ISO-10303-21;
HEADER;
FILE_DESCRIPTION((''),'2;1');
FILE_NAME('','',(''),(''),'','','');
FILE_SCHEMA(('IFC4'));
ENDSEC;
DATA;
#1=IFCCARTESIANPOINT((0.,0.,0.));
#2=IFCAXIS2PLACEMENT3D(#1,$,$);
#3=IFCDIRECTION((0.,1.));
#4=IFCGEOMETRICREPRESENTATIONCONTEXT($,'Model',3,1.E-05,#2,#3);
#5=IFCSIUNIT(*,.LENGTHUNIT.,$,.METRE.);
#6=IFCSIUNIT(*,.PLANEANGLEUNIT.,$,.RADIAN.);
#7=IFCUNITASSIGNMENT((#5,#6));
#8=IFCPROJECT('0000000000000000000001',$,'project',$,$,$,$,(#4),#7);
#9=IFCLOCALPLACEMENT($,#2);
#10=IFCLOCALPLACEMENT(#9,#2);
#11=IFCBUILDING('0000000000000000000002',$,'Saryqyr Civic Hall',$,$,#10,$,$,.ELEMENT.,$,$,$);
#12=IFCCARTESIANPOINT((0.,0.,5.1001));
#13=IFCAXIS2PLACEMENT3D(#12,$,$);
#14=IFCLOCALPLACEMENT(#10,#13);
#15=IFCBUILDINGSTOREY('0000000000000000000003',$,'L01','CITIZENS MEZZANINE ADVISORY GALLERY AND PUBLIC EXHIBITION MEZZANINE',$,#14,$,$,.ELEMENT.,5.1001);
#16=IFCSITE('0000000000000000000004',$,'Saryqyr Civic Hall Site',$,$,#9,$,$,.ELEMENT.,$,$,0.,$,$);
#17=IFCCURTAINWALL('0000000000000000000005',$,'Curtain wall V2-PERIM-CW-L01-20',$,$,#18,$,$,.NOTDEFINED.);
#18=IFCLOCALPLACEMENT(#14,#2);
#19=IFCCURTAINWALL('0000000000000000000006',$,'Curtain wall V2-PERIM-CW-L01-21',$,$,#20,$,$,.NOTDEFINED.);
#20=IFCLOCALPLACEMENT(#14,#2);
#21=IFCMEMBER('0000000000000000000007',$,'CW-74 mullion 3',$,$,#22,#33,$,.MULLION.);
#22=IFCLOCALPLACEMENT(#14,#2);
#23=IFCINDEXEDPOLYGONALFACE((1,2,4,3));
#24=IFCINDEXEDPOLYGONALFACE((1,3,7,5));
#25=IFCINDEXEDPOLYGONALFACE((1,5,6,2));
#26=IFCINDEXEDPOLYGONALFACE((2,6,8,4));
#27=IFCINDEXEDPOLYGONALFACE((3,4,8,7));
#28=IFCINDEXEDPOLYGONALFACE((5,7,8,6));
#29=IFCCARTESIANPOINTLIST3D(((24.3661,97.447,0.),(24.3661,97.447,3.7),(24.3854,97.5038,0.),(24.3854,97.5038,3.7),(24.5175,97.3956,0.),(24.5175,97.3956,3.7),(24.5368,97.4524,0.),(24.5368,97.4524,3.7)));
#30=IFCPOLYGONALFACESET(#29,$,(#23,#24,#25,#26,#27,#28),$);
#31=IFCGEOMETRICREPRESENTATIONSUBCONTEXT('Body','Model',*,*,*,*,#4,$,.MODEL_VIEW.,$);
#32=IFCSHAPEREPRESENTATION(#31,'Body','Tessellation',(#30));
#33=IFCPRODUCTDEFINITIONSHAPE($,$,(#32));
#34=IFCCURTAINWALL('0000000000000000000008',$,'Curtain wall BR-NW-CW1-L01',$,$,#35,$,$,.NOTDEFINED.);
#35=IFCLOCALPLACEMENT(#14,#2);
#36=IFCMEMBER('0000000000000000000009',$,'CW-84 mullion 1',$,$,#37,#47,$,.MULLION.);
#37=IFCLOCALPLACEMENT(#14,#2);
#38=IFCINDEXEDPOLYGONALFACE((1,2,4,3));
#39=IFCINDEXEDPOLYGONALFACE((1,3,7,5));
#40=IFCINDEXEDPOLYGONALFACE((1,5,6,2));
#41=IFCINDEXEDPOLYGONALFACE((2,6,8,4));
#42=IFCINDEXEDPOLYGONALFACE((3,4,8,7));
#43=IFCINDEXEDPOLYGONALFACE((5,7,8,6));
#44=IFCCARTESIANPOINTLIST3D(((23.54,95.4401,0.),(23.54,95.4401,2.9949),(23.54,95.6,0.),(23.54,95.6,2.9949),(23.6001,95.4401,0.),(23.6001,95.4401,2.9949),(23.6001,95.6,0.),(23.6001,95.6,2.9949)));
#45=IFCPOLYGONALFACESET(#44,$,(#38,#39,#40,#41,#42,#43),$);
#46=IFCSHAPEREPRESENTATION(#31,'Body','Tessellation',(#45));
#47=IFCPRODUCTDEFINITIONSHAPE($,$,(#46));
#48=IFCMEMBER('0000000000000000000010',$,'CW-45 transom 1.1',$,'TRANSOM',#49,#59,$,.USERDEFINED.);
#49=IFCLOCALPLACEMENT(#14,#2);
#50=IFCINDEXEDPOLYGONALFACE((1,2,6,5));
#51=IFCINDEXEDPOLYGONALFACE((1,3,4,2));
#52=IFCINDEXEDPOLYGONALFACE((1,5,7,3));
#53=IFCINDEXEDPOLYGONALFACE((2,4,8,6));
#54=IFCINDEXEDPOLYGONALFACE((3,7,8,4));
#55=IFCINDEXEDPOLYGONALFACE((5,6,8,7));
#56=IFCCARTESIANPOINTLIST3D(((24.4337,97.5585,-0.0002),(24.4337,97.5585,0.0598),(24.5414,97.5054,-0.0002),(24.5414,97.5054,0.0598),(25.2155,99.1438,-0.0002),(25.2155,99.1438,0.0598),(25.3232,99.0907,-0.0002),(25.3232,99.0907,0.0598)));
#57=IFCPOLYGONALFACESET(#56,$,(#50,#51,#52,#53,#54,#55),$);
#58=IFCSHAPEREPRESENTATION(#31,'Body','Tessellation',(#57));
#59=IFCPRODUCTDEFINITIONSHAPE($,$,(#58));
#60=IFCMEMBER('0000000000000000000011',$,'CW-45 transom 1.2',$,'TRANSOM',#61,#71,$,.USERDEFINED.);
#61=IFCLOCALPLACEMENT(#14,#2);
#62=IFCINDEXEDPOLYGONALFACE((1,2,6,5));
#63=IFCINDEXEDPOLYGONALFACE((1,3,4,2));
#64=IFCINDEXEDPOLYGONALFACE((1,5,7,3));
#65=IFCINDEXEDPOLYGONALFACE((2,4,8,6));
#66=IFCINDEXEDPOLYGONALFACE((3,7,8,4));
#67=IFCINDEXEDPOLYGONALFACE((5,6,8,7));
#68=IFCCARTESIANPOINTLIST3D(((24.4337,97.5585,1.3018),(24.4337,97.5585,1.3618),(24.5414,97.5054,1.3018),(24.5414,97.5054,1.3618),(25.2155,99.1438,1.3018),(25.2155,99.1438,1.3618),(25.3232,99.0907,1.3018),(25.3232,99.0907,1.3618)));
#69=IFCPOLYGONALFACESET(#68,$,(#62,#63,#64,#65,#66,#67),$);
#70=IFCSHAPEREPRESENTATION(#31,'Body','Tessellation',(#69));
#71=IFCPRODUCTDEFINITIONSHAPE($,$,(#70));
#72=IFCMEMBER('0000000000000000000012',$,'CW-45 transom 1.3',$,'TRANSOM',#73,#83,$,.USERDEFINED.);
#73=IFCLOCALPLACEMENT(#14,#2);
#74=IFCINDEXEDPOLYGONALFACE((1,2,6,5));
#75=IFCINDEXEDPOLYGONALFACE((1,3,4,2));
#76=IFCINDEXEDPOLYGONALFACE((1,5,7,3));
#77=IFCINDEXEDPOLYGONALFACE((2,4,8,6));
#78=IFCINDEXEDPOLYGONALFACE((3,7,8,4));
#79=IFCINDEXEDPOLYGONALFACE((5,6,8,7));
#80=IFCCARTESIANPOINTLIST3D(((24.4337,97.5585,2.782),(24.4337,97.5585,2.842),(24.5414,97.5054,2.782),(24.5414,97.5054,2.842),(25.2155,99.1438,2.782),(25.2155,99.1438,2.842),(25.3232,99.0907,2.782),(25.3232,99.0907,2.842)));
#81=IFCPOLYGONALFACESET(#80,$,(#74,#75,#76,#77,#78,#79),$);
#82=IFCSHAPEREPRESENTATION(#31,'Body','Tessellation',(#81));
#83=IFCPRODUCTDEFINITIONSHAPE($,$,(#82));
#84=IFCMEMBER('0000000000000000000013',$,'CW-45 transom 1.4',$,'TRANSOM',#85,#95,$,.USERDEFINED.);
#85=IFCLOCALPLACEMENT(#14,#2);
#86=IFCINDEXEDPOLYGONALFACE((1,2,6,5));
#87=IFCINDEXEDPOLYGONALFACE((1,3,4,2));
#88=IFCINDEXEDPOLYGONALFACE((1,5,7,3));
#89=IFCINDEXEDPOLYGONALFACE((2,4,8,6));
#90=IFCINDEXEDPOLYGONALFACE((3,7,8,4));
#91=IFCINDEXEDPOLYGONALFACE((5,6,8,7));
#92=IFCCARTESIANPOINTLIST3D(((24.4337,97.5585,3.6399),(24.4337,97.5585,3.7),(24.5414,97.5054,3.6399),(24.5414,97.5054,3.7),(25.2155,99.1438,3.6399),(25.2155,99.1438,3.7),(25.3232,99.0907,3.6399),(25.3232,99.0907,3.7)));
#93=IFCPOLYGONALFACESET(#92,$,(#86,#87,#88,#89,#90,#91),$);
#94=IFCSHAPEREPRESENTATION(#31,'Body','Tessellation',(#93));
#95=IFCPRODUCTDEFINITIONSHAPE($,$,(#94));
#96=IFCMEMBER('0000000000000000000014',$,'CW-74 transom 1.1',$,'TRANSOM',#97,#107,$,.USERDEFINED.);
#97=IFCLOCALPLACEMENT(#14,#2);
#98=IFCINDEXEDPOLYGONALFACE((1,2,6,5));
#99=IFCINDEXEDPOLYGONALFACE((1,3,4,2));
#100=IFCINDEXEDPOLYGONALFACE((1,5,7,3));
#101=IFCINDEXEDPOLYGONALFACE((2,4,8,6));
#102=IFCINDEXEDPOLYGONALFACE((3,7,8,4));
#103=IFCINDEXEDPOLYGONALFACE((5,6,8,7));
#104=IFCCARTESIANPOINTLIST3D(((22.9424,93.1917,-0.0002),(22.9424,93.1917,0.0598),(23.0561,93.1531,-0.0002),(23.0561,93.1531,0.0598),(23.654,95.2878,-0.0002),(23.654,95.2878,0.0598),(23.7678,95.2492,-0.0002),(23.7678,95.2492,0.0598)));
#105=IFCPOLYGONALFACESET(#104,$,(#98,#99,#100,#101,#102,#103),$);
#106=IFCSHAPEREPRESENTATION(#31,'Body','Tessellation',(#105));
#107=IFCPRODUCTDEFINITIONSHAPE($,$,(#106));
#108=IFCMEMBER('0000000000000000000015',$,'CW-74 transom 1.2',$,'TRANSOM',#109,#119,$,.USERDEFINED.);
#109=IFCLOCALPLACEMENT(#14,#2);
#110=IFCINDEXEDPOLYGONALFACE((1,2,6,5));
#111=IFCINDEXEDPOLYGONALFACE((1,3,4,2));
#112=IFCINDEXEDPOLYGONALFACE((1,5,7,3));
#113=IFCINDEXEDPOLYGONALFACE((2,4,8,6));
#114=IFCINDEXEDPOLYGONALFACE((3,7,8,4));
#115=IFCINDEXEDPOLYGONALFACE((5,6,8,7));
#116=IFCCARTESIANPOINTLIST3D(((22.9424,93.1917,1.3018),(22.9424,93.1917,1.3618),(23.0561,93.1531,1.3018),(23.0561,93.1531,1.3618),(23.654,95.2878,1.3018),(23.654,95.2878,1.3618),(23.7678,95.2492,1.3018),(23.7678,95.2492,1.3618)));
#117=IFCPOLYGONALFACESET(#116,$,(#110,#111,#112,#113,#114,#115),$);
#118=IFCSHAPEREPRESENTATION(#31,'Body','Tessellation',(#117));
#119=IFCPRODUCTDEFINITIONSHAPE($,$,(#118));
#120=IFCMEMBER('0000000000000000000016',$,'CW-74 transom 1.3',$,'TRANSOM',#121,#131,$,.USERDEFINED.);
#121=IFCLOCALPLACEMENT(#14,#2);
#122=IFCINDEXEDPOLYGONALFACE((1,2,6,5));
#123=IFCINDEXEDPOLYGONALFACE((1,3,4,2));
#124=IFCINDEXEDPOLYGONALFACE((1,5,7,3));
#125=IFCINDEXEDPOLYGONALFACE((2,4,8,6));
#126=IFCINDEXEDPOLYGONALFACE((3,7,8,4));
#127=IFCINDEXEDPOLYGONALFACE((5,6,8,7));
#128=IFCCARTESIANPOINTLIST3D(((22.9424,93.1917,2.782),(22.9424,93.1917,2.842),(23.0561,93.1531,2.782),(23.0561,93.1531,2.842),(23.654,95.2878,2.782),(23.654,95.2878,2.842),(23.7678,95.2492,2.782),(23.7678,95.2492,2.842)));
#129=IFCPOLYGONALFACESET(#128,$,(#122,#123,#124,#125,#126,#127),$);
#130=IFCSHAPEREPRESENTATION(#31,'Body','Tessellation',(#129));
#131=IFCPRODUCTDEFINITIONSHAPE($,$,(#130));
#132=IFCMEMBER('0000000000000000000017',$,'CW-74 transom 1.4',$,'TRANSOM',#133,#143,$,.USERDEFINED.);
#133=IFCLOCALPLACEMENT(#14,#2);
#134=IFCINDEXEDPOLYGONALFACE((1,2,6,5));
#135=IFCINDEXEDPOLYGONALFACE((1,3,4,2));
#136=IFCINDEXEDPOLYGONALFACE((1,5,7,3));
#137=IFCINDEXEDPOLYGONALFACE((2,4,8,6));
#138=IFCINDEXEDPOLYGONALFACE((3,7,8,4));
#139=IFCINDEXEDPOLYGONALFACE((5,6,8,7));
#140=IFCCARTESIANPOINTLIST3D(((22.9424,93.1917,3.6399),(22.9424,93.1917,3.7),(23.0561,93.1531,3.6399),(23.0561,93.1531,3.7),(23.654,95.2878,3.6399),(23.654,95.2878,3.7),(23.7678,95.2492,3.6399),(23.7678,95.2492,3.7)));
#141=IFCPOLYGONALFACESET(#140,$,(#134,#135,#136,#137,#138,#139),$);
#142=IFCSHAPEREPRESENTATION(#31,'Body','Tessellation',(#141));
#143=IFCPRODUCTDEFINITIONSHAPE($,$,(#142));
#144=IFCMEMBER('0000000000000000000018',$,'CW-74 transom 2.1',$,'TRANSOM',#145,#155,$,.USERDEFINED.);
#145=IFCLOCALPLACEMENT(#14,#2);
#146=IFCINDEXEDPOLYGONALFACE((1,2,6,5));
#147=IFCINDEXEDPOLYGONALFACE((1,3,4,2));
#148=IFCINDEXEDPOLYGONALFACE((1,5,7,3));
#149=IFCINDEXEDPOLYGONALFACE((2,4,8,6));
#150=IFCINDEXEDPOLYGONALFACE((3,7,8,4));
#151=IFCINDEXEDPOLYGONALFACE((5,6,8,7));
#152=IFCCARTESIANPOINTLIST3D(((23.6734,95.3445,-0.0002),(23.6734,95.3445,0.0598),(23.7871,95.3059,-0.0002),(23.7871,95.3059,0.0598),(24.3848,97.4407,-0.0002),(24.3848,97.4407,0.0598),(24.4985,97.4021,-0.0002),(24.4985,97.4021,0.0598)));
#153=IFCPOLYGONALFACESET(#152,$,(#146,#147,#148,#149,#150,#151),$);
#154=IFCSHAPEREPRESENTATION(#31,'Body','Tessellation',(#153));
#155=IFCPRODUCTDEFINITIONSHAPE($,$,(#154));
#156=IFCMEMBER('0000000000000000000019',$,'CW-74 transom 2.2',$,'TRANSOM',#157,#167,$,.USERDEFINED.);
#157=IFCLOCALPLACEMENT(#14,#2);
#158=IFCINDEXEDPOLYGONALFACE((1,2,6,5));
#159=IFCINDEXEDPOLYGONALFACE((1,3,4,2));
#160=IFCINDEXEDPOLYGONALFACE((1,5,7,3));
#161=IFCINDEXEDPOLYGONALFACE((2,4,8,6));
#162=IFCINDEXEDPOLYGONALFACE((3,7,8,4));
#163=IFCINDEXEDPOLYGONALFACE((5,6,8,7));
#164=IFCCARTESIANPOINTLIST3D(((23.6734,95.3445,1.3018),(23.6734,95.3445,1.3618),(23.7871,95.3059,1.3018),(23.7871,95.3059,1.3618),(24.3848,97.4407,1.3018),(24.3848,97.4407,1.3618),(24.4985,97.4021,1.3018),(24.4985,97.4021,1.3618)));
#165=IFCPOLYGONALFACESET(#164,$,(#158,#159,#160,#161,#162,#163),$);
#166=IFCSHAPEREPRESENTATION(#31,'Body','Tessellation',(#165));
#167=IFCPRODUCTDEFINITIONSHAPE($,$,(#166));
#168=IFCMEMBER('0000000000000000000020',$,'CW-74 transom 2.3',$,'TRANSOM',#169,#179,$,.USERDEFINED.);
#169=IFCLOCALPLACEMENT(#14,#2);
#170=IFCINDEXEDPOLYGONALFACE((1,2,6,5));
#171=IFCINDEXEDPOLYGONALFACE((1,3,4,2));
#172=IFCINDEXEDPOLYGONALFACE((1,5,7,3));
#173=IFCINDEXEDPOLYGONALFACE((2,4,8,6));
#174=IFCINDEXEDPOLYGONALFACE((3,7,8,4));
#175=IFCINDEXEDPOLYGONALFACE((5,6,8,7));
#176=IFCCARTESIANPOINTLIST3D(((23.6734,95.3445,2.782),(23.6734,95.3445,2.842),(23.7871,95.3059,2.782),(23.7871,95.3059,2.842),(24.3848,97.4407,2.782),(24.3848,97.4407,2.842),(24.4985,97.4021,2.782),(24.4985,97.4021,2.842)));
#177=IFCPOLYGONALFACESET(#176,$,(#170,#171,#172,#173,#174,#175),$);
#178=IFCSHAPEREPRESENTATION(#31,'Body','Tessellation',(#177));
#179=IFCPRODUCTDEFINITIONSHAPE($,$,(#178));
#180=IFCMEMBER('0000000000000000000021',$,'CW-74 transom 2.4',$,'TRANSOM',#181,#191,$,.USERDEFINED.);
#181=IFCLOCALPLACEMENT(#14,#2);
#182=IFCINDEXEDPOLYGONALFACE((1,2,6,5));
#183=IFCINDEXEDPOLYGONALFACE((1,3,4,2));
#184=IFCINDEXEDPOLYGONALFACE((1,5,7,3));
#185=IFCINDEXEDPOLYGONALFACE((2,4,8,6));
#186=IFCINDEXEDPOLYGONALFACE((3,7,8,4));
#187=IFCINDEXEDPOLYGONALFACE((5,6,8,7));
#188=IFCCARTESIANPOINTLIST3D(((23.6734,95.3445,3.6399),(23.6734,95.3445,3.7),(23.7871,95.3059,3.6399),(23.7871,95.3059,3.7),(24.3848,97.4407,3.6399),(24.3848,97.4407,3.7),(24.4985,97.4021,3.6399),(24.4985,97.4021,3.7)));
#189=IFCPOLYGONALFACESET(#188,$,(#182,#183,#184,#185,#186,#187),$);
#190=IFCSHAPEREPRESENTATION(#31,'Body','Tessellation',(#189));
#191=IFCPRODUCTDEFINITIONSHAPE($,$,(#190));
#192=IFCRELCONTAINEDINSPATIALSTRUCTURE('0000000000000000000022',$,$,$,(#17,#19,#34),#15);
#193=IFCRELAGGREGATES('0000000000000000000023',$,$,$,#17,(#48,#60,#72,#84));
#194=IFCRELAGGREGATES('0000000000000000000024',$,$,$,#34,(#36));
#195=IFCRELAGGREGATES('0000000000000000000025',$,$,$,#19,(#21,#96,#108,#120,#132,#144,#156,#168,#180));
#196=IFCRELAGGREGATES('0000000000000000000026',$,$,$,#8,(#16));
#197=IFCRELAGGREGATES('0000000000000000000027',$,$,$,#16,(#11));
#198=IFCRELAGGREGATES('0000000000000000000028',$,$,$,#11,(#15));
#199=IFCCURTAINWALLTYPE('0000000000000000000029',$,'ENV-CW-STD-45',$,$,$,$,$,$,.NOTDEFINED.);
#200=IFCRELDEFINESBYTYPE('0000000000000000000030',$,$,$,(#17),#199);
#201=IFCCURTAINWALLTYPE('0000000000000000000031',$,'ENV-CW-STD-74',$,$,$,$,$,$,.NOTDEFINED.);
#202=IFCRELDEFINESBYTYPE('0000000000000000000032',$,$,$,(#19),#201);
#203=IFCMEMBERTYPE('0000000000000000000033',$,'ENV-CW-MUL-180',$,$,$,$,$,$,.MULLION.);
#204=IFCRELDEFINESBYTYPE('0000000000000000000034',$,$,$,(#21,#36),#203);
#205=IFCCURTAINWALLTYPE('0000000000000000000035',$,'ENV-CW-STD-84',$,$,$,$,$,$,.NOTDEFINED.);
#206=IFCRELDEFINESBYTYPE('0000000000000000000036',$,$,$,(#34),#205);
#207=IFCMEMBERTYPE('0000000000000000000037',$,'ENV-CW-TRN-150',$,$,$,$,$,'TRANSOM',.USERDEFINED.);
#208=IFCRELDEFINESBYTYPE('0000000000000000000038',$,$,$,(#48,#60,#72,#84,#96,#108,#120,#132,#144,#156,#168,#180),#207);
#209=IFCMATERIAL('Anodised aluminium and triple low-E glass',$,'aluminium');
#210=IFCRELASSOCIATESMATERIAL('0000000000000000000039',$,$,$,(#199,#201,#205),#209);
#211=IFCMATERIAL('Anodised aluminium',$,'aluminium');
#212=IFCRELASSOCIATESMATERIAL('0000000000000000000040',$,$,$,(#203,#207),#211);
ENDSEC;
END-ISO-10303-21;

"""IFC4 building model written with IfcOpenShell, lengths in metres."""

from ifc_helpers import new_model, si_unit, direction, frame, origin, origin_2d, place, context, subcontext, project, spatial, rectangle, extrude, material, material_profile, profile_set, type_object, element, aggregate, save


model = new_model("IFC4")

# Units and contexts
model_context = context("Model", 3, precision=1e-05, world=origin(), true_north=direction((0.0, 1.0)))
body_context = subcontext(model_context, "Body", "Model", "MODEL_VIEW")
ifc_project = project(units=[si_unit("LENGTHUNIT", "METRE"), si_unit("PLANEANGLEUNIT", "RADIAN")], contexts=[model_context])

# Site, building, storey
site_placement = place(None, origin())
site = spatial("IfcSite", under=ifc_project, at=site_placement, Name="Saryqyr Civic Hall Site", CompositionType="ELEMENT", RefElevation=0.0)
building_placement = place(site_placement, origin())
building = spatial("IfcBuilding", under=site, at=building_placement, Name="Saryqyr Civic Hall", CompositionType="ELEMENT")
storey_placement = place(building_placement, frame((0.0, 0.0, 5.1001)))
storey = spatial("IfcBuildingStorey", under=building, at=storey_placement, Name="L01", Description="CITIZENS MEZZANINE ADVISORY GALLERY AND PUBLIC EXHIBITION MEZZANINE", CompositionType="ELEMENT", Elevation=5.1001)

# Curtain wall
ifc_material_1 = material(Name="Anodised aluminium and triple low-E glass", Category="aluminium")
curtain_wall_type_1 = type_object("IfcCurtainWallType", Name="ENV-CW-STD-45", PredefinedType="NOTDEFINED", material=ifc_material_1)
curtain_wall_1_placement = place(storey_placement, origin())
curtain_wall_1 = element("IfcCurtainWall", 1, at=curtain_wall_1_placement, inside=storey, type_object=curtain_wall_type_1, Name="Curtain wall V2-PERIM-CW-L01-20", PredefinedType="NOTDEFINED")
ifc_material_2 = material(Name="Anodised aluminium", Category="aluminium")
ifc_material_profile_1 = material_profile(ifc_material_2, rectangle(XDim=0.0601, YDim=0.1599, at=origin_2d()), Name="ALU MULLION 60x160")
ifc_profile_set_1 = profile_set([ifc_material_profile_1], Name="Anodised aluminium")
member_type_1 = type_object("IfcMemberType", Name="ENV-CW-MUL-180", PredefinedType="MULLION", material=ifc_profile_set_1)

# Curtain wall, member
curtain_wall_type_2 = type_object("IfcCurtainWallType", Name="ENV-CW-STD-74", PredefinedType="NOTDEFINED", material=ifc_material_1)
curtain_wall_2_placement = place(storey_placement, origin())
curtain_wall_2 = element("IfcCurtainWall", 2, at=curtain_wall_2_placement, inside=storey, type_object=curtain_wall_type_2, Name="Curtain wall V2-PERIM-CW-L01-21", PredefinedType="NOTDEFINED")
member_1_placement = place(storey_placement, frame((24.4514, 97.4497, 0.0), z_axis=(0.0, 0.0, 1.0), x_axis=(0.321445, 0.946928, 0.0)))
member_1 = element("IfcMember", 3, at=member_1_placement, type_object=member_type_1, Name="CW-74 mullion 3", PredefinedType="MULLION", context=body_context, shape_type="SweptSolid", body=[
    extrude(rectangle(XDim=0.0601, YDim=0.1599, at=origin_2d()), origin(), (0.0, 0.0, 1.0), 3.7),
])

# Curtain wall, member
curtain_wall_type_3 = type_object("IfcCurtainWallType", Name="ENV-CW-STD-84", PredefinedType="NOTDEFINED", material=ifc_material_1)
curtain_wall_3_placement = place(storey_placement, origin())
curtain_wall_3 = element("IfcCurtainWall", 4, at=curtain_wall_3_placement, inside=storey, type_object=curtain_wall_type_3, Name="Curtain wall BR-NW-CW1-L01", PredefinedType="NOTDEFINED")
member_2_placement = place(storey_placement, frame((23.5701, 95.52, 0.0), z_axis=(0.0, 0.0, 1.0), x_axis=(-1.0, 0.0, 0.0)))
member_2 = element("IfcMember", 5, at=member_2_placement, type_object=member_type_1, Name="CW-84 mullion 1", PredefinedType="MULLION", context=body_context, shape_type="SweptSolid", body=[
    extrude(rectangle(XDim=0.0601, YDim=0.1599, at=origin_2d()), origin(), (0.0, 0.0, 1.0), 2.9949),
])

# Members
ifc_material_profile_2 = material_profile(ifc_material_2, rectangle(XDim=0.1201, YDim=0.0601, at=origin_2d()), Name="ALU TRANSOM 120x60")
ifc_profile_set_2 = profile_set([ifc_material_profile_2], Name="Anodised aluminium")
member_type_2 = type_object("IfcMemberType", Name="ENV-CW-TRN-150", ElementType="TRANSOM", PredefinedType="USERDEFINED", material=ifc_profile_set_2)
member_3_placement = place(storey_placement, frame((24.4875, 97.532, 0.0298), z_axis=(0.442289, 0.896872, 0.0), x_axis=(-0.896872, 0.442289, 0.0)))
member_3 = element("IfcMember", 6, at=member_3_placement, type_object=member_type_2, Name="CW-45 transom 1.1", ObjectType="TRANSOM", PredefinedType="USERDEFINED", context=body_context, shape_type="SweptSolid", body=[
    extrude(rectangle(XDim=0.1201, YDim=0.0601, at=origin_2d()), origin(), (0.0, 0.0, 1.0), 1.7676),
])
member_4_placement = place(storey_placement, frame((24.4875, 97.532, 1.3318), z_axis=(0.442289, 0.896872, 0.0), x_axis=(-0.896872, 0.442289, 0.0)))
member_4 = element("IfcMember", 7, at=member_4_placement, type_object=member_type_2, Name="CW-45 transom 1.2", ObjectType="TRANSOM", PredefinedType="USERDEFINED", context=body_context, shape_type="SweptSolid", body=[
    extrude(rectangle(XDim=0.1201, YDim=0.0601, at=origin_2d()), origin(), (0.0, 0.0, 1.0), 1.7676),
])
member_5_placement = place(storey_placement, frame((24.4875, 97.532, 2.812), z_axis=(0.442289, 0.896872, 0.0), x_axis=(-0.896872, 0.442289, 0.0)))
member_5 = element("IfcMember", 8, at=member_5_placement, type_object=member_type_2, Name="CW-45 transom 1.3", ObjectType="TRANSOM", PredefinedType="USERDEFINED", context=body_context, shape_type="SweptSolid", body=[
    extrude(rectangle(XDim=0.1201, YDim=0.0601, at=origin_2d()), origin(), (0.0, 0.0, 1.0), 1.7676),
])
member_6_placement = place(storey_placement, frame((24.4875, 97.532, 3.6699), z_axis=(0.442289, 0.896872, 0.0), x_axis=(-0.896872, 0.442289, 0.0)))
member_6 = element("IfcMember", 9, at=member_6_placement, type_object=member_type_2, Name="CW-45 transom 1.4", ObjectType="TRANSOM", PredefinedType="USERDEFINED", context=body_context, shape_type="SweptSolid", body=[
    extrude(rectangle(XDim=0.1201, YDim=0.0601, at=origin_2d()), origin(), (0.0, 0.0, 1.0), 1.7676),
])
aggregate(curtain_wall_1, [member_3, member_4, member_5, member_6])
member_7_placement = place(storey_placement, frame((22.9993, 93.1724, 0.0298), z_axis=(0.321484, 0.946915, 0.0), x_axis=(-0.946915, 0.321484, 0.0)))
member_7 = element("IfcMember", 10, at=member_7_placement, type_object=member_type_2, Name="CW-74 transom 1.1", ObjectType="TRANSOM", PredefinedType="USERDEFINED", context=body_context, shape_type="SweptSolid", body=[
    extrude(rectangle(XDim=0.1201, YDim=0.0601, at=origin_2d()), origin(), (0.0, 0.0, 1.0), 2.2136),
])
member_8_placement = place(storey_placement, frame((22.9993, 93.1724, 1.3318), z_axis=(0.321484, 0.946915, 0.0), x_axis=(-0.946915, 0.321484, 0.0)))
member_8 = element("IfcMember", 11, at=member_8_placement, type_object=member_type_2, Name="CW-74 transom 1.2", ObjectType="TRANSOM", PredefinedType="USERDEFINED", context=body_context, shape_type="SweptSolid", body=[
    extrude(rectangle(XDim=0.1201, YDim=0.0601, at=origin_2d()), origin(), (0.0, 0.0, 1.0), 2.2136),
])
member_9_placement = place(storey_placement, frame((22.9993, 93.1724, 2.812), z_axis=(0.321484, 0.946915, 0.0), x_axis=(-0.946915, 0.321484, 0.0)))
member_9 = element("IfcMember", 12, at=member_9_placement, type_object=member_type_2, Name="CW-74 transom 1.3", ObjectType="TRANSOM", PredefinedType="USERDEFINED", context=body_context, shape_type="SweptSolid", body=[
    extrude(rectangle(XDim=0.1201, YDim=0.0601, at=origin_2d()), origin(), (0.0, 0.0, 1.0), 2.2136),
])
member_10_placement = place(storey_placement, frame((22.9993, 93.1724, 3.6699), z_axis=(0.321484, 0.946915, 0.0), x_axis=(-0.946915, 0.321484, 0.0)))
member_10 = element("IfcMember", 13, at=member_10_placement, type_object=member_type_2, Name="CW-74 transom 1.4", ObjectType="TRANSOM", PredefinedType="USERDEFINED", context=body_context, shape_type="SweptSolid", body=[
    extrude(rectangle(XDim=0.1201, YDim=0.0601, at=origin_2d()), origin(), (0.0, 0.0, 1.0), 2.2136),
])
member_11_placement = place(storey_placement, frame((23.7302, 95.3252, 0.0298), z_axis=(0.321385, 0.946949, 0.0), x_axis=(-0.946949, 0.321385, 0.0)))
member_11 = element("IfcMember", 14, at=member_11_placement, type_object=member_type_2, Name="CW-74 transom 2.1", ObjectType="TRANSOM", PredefinedType="USERDEFINED", context=body_context, shape_type="SweptSolid", body=[
    extrude(rectangle(XDim=0.1201, YDim=0.0601, at=origin_2d()), origin(), (0.0, 0.0, 1.0), 2.2136),
])
member_12_placement = place(storey_placement, frame((23.7302, 95.3252, 1.3318), z_axis=(0.321385, 0.946949, 0.0), x_axis=(-0.946949, 0.321385, 0.0)))
member_12 = element("IfcMember", 15, at=member_12_placement, type_object=member_type_2, Name="CW-74 transom 2.2", ObjectType="TRANSOM", PredefinedType="USERDEFINED", context=body_context, shape_type="SweptSolid", body=[
    extrude(rectangle(XDim=0.1201, YDim=0.0601, at=origin_2d()), origin(), (0.0, 0.0, 1.0), 2.2136),
])
member_13_placement = place(storey_placement, frame((23.7302, 95.3252, 2.812), z_axis=(0.321385, 0.946949, 0.0), x_axis=(-0.946949, 0.321385, 0.0)))
member_13 = element("IfcMember", 16, at=member_13_placement, type_object=member_type_2, Name="CW-74 transom 2.3", ObjectType="TRANSOM", PredefinedType="USERDEFINED", context=body_context, shape_type="SweptSolid", body=[
    extrude(rectangle(XDim=0.1201, YDim=0.0601, at=origin_2d()), origin(), (0.0, 0.0, 1.0), 2.2136),
])
member_14_placement = place(storey_placement, frame((23.7302, 95.3252, 3.6699), z_axis=(0.321385, 0.946949, 0.0), x_axis=(-0.946949, 0.321385, 0.0)))
member_14 = element("IfcMember", 17, at=member_14_placement, type_object=member_type_2, Name="CW-74 transom 2.4", ObjectType="TRANSOM", PredefinedType="USERDEFINED", context=body_context, shape_type="SweptSolid", body=[
    extrude(rectangle(XDim=0.1201, YDim=0.0601, at=origin_2d()), origin(), (0.0, 0.0, 1.0), 2.2136),
])
aggregate(curtain_wall_3, [member_2])

aggregate(curtain_wall_2, [member_1, member_7, member_8, member_9, member_10, member_11, member_12, member_13, member_14])

save(model, "model.ifc")
